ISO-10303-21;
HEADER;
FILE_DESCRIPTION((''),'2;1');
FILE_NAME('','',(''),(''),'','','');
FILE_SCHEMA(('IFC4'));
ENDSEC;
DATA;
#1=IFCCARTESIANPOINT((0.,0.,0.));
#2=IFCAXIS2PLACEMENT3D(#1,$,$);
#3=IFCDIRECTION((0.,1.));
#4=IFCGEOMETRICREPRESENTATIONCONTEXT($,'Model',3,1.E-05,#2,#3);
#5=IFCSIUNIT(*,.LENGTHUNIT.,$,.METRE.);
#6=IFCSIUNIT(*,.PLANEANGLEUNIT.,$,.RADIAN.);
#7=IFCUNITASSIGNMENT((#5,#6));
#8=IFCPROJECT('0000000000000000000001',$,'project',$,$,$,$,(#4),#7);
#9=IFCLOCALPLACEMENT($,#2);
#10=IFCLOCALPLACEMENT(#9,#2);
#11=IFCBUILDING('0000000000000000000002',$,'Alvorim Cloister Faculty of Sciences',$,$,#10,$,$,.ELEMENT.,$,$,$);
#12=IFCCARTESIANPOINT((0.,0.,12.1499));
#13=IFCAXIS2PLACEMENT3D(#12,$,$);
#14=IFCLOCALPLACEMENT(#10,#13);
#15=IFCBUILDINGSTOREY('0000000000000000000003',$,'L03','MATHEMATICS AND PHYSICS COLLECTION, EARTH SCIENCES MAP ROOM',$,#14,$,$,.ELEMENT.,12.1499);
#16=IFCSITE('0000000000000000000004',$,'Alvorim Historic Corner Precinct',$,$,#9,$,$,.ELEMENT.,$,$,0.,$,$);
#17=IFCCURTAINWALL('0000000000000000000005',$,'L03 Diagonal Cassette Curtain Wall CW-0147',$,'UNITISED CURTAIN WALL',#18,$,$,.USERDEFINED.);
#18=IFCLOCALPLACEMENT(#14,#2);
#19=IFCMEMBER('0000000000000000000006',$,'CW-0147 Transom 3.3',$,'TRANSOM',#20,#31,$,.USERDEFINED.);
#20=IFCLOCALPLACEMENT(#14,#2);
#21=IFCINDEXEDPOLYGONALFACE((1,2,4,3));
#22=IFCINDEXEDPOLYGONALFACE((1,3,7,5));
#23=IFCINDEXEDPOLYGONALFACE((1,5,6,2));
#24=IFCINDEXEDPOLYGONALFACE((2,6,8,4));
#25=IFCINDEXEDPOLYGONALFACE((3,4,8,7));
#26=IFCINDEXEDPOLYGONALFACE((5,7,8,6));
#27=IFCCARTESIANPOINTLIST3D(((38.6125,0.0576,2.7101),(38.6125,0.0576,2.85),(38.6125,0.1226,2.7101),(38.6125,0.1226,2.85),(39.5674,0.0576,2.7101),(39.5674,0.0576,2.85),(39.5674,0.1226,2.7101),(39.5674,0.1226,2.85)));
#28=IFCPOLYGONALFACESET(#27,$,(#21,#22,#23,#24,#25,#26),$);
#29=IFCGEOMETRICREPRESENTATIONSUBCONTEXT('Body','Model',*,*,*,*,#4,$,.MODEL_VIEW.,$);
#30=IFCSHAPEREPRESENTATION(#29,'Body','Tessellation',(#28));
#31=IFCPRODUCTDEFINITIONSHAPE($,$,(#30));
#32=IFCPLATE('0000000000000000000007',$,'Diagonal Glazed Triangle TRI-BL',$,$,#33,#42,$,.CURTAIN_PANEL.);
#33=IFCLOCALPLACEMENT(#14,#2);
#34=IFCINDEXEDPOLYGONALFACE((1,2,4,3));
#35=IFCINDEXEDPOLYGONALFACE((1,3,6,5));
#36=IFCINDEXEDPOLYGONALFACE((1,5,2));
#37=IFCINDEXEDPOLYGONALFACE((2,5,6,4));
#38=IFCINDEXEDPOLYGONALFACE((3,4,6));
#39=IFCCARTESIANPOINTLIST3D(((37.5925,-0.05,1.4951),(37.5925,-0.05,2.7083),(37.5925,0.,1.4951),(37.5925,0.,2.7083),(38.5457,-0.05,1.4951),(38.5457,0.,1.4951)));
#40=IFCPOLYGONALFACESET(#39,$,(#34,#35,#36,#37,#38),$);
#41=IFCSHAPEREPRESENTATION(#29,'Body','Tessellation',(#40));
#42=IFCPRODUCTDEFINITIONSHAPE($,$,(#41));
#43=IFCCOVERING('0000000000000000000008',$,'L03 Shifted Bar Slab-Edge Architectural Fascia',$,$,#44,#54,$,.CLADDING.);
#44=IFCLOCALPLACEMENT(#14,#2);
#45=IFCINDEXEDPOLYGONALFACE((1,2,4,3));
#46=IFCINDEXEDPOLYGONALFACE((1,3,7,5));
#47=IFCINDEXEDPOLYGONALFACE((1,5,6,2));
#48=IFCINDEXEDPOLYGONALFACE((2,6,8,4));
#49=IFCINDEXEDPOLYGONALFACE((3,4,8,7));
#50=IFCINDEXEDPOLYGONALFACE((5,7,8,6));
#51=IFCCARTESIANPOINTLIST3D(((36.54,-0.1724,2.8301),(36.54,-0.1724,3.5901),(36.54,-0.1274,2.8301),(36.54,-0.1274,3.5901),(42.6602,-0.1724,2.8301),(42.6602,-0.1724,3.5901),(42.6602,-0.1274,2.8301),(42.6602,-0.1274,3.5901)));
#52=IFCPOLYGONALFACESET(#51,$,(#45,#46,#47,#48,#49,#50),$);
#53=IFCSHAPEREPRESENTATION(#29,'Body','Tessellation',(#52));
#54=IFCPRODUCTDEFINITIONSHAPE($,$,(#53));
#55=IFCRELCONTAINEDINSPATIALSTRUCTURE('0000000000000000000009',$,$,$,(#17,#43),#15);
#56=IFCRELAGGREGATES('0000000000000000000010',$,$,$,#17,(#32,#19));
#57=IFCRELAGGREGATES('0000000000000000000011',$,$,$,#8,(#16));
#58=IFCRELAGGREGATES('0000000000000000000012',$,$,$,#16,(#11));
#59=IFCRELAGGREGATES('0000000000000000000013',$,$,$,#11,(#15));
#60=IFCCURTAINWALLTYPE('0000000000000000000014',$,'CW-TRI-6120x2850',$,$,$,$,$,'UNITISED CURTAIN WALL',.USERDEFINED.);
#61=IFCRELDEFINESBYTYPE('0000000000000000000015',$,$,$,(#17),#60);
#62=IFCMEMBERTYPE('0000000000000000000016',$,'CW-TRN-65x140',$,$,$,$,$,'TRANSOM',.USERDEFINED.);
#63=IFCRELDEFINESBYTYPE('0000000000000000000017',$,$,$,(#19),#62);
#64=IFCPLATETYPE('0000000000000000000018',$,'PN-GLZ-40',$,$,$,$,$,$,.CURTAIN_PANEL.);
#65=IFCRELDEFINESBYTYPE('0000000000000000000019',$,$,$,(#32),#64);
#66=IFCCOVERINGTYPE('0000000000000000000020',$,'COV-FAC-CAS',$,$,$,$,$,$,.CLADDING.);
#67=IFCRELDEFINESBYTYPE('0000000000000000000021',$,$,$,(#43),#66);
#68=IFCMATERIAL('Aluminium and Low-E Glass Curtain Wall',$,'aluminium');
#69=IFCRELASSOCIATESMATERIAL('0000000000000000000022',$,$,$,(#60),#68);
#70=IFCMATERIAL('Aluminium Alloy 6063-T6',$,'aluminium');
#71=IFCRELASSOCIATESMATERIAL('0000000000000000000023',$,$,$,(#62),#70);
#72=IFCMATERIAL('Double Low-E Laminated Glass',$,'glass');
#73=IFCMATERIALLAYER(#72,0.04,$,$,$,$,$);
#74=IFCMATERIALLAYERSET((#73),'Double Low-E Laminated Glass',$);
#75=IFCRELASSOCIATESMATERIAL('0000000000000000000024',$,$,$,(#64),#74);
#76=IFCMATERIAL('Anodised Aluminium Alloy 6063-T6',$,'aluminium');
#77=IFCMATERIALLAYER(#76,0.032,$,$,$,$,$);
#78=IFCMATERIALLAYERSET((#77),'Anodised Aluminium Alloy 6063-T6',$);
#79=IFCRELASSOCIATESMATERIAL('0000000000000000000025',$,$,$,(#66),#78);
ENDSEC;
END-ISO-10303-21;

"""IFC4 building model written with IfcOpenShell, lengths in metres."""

from ifc_helpers import new_model, si_unit, direction, frame, origin, origin_2d, place, context, subcontext, project, spatial, polyline, rectangle, outline, extrude, material, layer, layer_set, material_profile, profile_set, type_object, element, aggregate, save


model = new_model("IFC4")

# Units and contexts
model_context = context("Model", 3, precision=1e-05, world=origin(), true_north=direction((0.0, 1.0)))
body_context = subcontext(model_context, "Body", "Model", "MODEL_VIEW")
ifc_project = project(units=[si_unit("LENGTHUNIT", "METRE"), si_unit("PLANEANGLEUNIT", "RADIAN")], contexts=[model_context])

# Site, building, storey
site_placement = place(None, origin())
site = spatial("IfcSite", under=ifc_project, at=site_placement, Name="Alvorim Historic Corner Precinct", CompositionType="ELEMENT", RefElevation=0.0)
building_placement = place(site_placement, origin())
building = spatial("IfcBuilding", under=site, at=building_placement, Name="Alvorim Cloister Faculty of Sciences", CompositionType="ELEMENT")
storey_placement = place(building_placement, frame((0.0, 0.0, 12.1499)))
storey = spatial("IfcBuildingStorey", under=building, at=storey_placement, Name="L03", Description="MATHEMATICS AND PHYSICS COLLECTION, EARTH SCIENCES MAP ROOM", CompositionType="ELEMENT", Elevation=12.1499)

# Curtain wall, member, plate
ifc_material_1 = material(Name="Aluminium and Low-E Glass Curtain Wall", Category="aluminium")
curtain_wall_type = type_object("IfcCurtainWallType", Name="CW-TRI-6120x2850", ElementType="UNITISED CURTAIN WALL", PredefinedType="USERDEFINED", material=ifc_material_1)
curtain_wall_placement = place(storey_placement, origin())
curtain_wall = element("IfcCurtainWall", 1, at=curtain_wall_placement, inside=storey, type_object=curtain_wall_type, Name="L03 Diagonal Cassette Curtain Wall CW-0147", ObjectType="UNITISED CURTAIN WALL", PredefinedType="USERDEFINED")
ifc_material_2 = material(Name="Aluminium Alloy 6063-T6", Category="aluminium")
ifc_material_profile_1 = material_profile(ifc_material_2, rectangle(XDim=0.0649, YDim=0.1399, at=origin_2d()), Name="ALU-TRN-65x140")
ifc_profile_set_1 = profile_set([ifc_material_profile_1], Name="Aluminium Alloy 6063-T6")
member_type_1 = type_object("IfcMemberType", Name="CW-TRN-65x140", ElementType="TRANSOM", PredefinedType="USERDEFINED", material=ifc_profile_set_1)
member_1_placement = place(storey_placement, frame((38.6125, 0.0901, 2.78), z_axis=(1.0, 0.0, 0.0), x_axis=(0.0, 1.0, 0.0)))
member_1 = element("IfcMember", 2, at=member_1_placement, type_object=member_type_1, Name="CW-0147 Transom 3.3", ObjectType="TRANSOM", PredefinedType="USERDEFINED", context=body_context, shape_type="SweptSolid", body=[
    extrude(rectangle(XDim=0.0649, YDim=0.1399, at=origin_2d()), origin(), (0.0, 0.0, 1.0), 0.9548),
])
ifc_material_3 = material(Name="Double Low-E Laminated Glass", Category="glass")
ifc_layer_1 = layer(ifc_material_3, 0.04)
ifc_layer_set_1 = layer_set([ifc_layer_1], Name="Double Low-E Laminated Glass")
plate_type = type_object("IfcPlateType", Name="PN-GLZ-40", PredefinedType="CURTAIN_PANEL", material=ifc_layer_set_1)
plate_1_placement = place(storey_placement, frame((37.5925, -0.0249, 1.4951), z_axis=(0.0, 0.0, 1.0), x_axis=(1.0, 0.0, 0.0)))
plate_1 = element("IfcPlate", 3, at=plate_1_placement, type_object=plate_type, Name="Diagonal Glazed Triangle TRI-BL", PredefinedType="CURTAIN_PANEL", context=body_context, shape_type="SweptSolid", body=[
    extrude(outline(polyline([(0.0, 0.0), (0.9531, 0.0), (0.0, 1.2131), (0.0, 0.0)])), frame((0.0, 0.0249, 0.0), z_axis=(0.0, -1.0, 0.0), x_axis=(1.0, 0.0, 0.0)), (0.0, 0.0, 1.0), 0.05),
])
aggregate(curtain_wall, [plate_1, member_1])

# Covering
ifc_material_4 = material(Name="Anodised Aluminium Alloy 6063-T6", Category="aluminium")
ifc_layer_2 = layer(ifc_material_4, 0.032)
ifc_layer_set_2 = layer_set([ifc_layer_2], Name="Anodised Aluminium Alloy 6063-T6")
covering_type = type_object("IfcCoveringType", Name="COV-FAC-CAS", PredefinedType="CLADDING", material=ifc_layer_set_2)
covering_placement = place(storey_placement, frame((36.54, -0.1499, 2.8301), z_axis=(0.0, 0.0, 1.0), x_axis=(1.0, 0.0, 0.0)))
element("IfcCovering", 4, at=covering_placement, inside=storey, type_object=covering_type, Name="L03 Shifted Bar Slab-Edge Architectural Fascia", PredefinedType="CLADDING", context=body_context, shape_type="SweptSolid", body=[
    extrude(outline(polyline([(0.0, 0.0), (6.1201, 0.0), (6.1201, 0.76), (0.0, 0.76), (0.0, 0.0)])), frame((0.0, 0.0225, 0.0), z_axis=(0.0, -1.0, 0.0), x_axis=(1.0, 0.0, 0.0)), (0.0, 0.0, 1.0), 0.0449),
])

save(model, "model.ifc")
